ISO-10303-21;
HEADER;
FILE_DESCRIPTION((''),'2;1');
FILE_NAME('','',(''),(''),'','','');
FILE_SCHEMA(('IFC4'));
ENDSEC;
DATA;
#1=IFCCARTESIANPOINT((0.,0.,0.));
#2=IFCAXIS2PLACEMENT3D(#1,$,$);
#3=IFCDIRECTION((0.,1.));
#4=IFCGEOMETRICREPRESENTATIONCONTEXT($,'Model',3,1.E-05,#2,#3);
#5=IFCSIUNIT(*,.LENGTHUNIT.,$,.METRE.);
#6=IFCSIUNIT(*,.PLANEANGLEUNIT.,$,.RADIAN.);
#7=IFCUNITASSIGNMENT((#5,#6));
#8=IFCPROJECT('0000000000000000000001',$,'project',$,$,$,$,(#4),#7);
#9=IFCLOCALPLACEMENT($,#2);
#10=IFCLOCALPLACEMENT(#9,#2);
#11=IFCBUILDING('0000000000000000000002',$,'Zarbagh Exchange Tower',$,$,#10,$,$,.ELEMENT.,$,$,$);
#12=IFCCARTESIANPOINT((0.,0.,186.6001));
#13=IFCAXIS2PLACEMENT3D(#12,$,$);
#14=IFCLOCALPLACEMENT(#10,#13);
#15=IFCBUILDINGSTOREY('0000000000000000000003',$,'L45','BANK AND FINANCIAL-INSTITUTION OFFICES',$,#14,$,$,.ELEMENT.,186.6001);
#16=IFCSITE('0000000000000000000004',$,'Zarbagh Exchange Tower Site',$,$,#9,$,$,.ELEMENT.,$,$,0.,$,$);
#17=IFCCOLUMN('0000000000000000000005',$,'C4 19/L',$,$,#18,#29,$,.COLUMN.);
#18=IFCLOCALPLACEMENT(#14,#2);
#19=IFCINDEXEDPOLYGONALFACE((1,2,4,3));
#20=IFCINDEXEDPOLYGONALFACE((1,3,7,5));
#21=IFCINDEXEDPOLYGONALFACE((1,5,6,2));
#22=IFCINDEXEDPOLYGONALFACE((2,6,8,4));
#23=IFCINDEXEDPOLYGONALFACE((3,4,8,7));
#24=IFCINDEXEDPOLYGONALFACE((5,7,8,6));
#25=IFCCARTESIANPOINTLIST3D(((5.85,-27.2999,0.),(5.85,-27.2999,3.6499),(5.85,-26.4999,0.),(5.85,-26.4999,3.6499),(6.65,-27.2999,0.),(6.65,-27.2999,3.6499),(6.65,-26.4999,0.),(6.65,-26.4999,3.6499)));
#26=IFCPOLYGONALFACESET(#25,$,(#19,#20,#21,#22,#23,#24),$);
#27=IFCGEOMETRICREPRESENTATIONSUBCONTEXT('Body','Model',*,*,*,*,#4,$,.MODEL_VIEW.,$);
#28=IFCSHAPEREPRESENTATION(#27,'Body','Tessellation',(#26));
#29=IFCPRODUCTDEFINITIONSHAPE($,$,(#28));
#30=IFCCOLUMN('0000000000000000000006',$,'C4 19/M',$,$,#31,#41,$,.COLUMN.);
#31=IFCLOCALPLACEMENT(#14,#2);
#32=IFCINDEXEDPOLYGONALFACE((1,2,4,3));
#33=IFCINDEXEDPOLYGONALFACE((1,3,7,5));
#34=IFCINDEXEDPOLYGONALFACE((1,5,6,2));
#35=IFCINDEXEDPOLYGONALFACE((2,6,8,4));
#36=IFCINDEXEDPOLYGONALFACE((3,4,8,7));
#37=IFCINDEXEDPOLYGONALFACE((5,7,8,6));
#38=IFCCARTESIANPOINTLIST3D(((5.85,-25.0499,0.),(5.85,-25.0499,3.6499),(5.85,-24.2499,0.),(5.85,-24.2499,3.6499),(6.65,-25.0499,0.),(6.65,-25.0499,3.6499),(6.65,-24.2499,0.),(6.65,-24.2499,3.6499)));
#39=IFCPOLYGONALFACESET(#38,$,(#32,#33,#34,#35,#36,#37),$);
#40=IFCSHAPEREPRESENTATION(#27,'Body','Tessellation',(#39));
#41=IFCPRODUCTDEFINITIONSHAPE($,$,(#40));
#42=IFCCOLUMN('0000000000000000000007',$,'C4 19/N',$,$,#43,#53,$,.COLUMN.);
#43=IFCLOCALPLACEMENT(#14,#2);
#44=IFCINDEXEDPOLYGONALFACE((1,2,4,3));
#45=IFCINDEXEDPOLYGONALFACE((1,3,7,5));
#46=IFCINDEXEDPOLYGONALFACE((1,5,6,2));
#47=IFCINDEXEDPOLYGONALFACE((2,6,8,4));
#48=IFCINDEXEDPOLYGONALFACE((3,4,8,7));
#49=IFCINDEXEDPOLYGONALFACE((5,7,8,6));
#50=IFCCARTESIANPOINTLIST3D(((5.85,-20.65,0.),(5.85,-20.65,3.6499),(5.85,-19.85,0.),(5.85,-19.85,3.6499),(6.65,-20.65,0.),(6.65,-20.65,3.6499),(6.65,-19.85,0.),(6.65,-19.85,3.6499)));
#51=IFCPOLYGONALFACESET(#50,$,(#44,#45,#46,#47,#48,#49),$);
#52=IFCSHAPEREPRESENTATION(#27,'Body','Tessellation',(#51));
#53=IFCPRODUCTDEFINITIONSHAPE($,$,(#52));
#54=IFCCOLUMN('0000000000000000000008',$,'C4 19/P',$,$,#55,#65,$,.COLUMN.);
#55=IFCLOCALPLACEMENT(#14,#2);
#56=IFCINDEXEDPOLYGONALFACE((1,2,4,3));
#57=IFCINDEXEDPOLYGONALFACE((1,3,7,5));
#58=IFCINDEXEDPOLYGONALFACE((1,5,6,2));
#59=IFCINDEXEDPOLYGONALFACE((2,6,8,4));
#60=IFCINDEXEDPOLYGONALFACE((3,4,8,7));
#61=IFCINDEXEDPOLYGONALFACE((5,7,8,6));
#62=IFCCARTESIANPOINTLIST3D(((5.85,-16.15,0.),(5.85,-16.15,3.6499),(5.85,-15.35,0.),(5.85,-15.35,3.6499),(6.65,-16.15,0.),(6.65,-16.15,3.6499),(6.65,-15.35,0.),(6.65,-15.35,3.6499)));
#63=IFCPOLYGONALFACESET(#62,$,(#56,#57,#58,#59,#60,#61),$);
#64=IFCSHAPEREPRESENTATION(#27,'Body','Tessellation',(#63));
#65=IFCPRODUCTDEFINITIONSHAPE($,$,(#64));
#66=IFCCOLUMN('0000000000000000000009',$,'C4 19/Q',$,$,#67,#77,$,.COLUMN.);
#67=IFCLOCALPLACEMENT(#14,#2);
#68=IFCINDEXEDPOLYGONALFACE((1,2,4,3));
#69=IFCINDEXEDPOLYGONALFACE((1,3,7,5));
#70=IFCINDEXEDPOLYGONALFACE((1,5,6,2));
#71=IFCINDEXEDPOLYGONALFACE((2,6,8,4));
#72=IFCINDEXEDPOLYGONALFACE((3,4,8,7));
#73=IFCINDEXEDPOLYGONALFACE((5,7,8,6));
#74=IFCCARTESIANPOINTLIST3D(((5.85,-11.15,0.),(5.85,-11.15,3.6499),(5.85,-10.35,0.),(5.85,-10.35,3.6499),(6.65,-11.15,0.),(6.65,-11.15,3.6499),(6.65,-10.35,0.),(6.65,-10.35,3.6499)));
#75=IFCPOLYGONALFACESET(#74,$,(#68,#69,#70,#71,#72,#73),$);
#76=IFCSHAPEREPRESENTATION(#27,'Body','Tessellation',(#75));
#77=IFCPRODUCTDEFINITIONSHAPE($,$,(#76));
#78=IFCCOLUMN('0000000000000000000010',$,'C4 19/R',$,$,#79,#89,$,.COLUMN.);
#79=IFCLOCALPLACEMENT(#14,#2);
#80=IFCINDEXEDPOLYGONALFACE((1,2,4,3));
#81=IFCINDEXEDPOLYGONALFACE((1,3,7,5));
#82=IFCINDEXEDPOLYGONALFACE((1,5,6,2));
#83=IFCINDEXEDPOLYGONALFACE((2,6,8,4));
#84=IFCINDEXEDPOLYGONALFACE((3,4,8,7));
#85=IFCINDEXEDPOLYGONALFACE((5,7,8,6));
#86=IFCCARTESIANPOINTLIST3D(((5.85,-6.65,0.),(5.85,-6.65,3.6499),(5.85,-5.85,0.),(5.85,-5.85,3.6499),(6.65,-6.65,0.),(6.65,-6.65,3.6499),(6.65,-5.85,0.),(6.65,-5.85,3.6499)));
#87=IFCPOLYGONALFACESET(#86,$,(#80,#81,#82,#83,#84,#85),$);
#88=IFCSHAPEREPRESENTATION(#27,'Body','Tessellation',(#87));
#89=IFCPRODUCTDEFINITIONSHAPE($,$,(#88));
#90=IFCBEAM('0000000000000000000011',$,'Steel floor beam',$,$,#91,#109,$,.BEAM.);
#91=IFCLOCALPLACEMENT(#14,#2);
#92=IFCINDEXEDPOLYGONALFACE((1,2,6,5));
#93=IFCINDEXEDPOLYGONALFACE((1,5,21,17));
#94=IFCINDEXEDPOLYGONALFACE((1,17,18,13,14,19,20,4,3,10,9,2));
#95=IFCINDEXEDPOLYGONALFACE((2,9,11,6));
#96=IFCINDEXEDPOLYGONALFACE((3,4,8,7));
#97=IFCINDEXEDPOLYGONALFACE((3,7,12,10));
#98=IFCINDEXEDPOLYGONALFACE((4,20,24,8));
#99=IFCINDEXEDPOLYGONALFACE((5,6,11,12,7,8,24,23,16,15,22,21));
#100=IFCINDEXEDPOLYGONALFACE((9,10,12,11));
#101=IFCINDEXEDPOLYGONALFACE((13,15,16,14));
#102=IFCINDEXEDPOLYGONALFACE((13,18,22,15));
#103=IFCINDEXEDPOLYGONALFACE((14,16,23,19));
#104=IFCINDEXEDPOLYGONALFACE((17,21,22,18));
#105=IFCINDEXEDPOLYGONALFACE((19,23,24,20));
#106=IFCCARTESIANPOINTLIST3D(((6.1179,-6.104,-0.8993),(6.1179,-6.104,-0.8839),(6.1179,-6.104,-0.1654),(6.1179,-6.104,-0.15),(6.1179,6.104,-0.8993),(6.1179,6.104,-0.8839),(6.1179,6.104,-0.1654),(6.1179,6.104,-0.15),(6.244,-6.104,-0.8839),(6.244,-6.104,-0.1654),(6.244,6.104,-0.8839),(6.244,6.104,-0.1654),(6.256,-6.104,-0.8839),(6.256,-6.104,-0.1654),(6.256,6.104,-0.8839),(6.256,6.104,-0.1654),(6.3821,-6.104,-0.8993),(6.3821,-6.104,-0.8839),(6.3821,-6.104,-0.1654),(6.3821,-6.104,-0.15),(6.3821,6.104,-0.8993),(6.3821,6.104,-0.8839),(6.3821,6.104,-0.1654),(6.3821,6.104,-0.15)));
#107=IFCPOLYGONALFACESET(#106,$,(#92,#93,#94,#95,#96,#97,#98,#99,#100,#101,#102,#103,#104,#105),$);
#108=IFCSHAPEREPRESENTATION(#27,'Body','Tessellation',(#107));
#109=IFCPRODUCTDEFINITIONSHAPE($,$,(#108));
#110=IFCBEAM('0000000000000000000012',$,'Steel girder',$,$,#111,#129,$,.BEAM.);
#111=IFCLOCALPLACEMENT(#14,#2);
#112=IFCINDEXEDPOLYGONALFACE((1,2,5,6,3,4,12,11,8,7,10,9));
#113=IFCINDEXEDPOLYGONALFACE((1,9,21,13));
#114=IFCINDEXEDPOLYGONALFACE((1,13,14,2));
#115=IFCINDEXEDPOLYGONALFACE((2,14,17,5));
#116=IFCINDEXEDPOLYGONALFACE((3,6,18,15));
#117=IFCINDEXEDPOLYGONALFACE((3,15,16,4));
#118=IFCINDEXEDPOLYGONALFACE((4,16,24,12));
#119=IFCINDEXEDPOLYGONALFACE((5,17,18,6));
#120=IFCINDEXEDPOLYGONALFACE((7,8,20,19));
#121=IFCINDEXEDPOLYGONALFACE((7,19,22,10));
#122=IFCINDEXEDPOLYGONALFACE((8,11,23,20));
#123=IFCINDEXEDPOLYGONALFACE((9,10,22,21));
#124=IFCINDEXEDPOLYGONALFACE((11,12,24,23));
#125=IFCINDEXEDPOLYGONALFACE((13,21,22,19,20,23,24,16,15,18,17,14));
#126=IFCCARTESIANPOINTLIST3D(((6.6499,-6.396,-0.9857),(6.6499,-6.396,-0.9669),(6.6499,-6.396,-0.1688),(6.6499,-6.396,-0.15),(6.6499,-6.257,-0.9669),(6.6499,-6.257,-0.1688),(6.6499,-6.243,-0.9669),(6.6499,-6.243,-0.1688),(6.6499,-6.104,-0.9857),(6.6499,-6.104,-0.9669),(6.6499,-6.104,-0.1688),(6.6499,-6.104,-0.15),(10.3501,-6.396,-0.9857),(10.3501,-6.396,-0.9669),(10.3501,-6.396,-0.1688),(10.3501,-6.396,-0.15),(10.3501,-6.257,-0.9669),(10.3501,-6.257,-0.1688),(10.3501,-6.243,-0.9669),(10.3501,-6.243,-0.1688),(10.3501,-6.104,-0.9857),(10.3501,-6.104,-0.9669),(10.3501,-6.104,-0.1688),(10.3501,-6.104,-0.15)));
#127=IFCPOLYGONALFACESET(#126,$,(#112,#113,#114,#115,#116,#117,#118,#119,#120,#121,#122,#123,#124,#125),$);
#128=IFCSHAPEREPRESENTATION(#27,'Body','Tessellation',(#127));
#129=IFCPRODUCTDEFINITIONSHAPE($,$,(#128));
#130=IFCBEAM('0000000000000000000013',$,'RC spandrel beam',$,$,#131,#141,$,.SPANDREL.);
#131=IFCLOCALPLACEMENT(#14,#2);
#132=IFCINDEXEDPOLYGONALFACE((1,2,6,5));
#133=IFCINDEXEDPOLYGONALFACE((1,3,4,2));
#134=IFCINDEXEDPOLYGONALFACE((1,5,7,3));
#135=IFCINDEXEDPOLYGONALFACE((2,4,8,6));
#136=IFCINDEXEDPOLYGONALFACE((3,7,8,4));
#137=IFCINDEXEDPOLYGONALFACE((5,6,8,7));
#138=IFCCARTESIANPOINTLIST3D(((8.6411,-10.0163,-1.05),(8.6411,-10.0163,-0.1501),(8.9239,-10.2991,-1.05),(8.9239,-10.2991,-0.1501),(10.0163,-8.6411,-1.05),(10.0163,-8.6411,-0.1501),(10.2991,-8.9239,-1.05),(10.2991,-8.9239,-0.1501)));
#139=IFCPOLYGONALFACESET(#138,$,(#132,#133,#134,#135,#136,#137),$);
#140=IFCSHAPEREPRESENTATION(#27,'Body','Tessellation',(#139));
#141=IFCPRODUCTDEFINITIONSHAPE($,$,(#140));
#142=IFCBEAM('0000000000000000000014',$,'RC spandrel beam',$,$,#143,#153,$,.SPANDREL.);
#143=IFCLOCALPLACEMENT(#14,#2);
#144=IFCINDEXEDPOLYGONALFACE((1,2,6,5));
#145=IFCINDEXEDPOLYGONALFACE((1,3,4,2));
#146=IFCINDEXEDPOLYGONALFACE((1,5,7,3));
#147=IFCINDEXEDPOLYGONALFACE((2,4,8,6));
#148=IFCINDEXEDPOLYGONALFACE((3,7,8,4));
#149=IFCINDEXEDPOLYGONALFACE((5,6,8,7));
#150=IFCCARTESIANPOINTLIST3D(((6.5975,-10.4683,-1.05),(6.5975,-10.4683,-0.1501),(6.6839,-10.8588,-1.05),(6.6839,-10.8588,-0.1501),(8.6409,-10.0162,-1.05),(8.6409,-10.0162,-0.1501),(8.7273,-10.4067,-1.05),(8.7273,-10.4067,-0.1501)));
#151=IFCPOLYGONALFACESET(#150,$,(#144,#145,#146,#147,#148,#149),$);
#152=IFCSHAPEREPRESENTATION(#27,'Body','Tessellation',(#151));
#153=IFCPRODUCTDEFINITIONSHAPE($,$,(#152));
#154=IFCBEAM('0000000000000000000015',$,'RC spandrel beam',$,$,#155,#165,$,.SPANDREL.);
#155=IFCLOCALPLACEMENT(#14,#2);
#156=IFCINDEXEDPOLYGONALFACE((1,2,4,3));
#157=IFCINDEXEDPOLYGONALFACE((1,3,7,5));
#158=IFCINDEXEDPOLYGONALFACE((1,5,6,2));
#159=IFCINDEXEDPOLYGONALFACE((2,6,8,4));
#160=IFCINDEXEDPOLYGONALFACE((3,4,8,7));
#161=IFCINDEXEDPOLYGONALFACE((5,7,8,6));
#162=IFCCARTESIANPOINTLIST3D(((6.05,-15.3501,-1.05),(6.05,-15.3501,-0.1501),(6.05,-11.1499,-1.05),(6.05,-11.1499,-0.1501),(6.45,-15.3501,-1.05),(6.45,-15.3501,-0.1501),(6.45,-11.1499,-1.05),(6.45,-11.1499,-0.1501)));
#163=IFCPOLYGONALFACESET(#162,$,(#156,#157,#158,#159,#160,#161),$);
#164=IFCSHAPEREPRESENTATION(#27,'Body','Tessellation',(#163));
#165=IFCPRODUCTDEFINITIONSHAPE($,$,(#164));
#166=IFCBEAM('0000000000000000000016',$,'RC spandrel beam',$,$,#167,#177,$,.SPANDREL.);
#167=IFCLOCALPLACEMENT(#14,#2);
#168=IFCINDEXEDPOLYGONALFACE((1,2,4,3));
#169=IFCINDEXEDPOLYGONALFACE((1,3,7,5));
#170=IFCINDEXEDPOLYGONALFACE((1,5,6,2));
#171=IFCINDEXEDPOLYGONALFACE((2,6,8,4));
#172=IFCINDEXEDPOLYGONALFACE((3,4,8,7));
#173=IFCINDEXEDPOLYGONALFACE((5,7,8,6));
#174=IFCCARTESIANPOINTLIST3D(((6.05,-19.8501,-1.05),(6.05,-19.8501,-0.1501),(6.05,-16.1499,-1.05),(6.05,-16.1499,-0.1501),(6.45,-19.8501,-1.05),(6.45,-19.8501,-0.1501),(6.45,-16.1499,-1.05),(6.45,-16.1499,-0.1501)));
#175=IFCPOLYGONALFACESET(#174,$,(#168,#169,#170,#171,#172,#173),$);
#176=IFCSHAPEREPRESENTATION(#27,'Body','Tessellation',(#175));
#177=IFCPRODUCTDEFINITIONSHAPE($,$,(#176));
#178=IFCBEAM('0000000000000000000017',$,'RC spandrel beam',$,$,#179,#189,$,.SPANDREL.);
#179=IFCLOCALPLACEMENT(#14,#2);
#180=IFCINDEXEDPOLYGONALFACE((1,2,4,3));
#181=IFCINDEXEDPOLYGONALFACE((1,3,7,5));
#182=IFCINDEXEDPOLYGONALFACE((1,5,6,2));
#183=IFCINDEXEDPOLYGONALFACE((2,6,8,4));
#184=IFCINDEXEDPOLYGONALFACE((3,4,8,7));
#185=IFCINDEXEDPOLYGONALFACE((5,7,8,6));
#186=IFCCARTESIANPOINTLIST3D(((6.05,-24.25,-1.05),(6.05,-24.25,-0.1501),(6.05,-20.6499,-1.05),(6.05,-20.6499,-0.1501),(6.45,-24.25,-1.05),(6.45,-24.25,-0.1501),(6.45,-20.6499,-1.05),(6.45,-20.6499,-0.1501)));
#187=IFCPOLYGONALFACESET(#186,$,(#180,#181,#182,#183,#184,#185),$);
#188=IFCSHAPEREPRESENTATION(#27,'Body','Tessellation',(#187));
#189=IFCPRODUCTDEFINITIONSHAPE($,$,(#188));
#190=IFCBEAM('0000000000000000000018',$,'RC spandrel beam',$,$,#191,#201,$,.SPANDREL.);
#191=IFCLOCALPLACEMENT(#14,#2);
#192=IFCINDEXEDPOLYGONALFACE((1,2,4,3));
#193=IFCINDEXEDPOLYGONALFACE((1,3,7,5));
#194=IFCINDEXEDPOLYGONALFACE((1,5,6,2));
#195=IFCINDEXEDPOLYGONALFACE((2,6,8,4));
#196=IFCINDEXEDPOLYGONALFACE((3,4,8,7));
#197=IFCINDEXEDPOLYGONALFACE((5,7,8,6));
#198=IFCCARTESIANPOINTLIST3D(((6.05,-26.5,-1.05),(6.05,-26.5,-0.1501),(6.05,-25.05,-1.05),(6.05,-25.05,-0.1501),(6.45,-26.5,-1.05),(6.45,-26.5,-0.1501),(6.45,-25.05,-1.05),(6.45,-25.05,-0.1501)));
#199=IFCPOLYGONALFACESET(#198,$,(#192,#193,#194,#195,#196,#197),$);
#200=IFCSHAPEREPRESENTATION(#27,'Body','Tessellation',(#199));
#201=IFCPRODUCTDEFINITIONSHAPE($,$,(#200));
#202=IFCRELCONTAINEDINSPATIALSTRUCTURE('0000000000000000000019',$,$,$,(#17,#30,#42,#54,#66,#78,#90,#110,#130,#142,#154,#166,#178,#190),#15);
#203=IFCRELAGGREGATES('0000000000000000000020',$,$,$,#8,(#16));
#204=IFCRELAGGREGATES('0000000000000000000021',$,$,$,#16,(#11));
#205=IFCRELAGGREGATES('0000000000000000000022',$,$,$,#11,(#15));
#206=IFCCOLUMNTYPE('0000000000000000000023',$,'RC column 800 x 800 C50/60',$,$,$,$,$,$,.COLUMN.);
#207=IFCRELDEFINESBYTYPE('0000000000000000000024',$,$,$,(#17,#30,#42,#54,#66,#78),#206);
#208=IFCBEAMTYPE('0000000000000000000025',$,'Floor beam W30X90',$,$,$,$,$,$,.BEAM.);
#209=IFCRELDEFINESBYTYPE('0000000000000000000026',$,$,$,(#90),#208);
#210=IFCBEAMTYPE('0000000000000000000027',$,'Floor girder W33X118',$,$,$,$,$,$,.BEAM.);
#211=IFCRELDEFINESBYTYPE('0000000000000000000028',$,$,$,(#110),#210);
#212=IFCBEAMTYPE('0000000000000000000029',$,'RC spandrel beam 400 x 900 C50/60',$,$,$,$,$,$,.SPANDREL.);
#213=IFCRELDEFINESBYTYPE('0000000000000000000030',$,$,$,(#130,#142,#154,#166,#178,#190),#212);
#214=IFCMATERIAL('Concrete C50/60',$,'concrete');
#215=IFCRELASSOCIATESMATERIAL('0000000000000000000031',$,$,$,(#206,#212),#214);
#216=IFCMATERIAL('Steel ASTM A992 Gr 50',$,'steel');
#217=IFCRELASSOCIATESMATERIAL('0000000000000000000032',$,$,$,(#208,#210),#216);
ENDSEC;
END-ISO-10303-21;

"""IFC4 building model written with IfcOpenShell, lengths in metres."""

from ifc_helpers import new_model, si_unit, direction, frame, origin, origin_2d, place, context, subcontext, project, spatial, rectangle, i_section, extrude, material, material_profile, profile_set, type_object, element, save


model = new_model("IFC4")

# Units and contexts
model_context = context("Model", 3, precision=1e-05, world=origin(), true_north=direction((0.0, 1.0)))
body_context = subcontext(model_context, "Body", "Model", "MODEL_VIEW")
ifc_project = project(units=[si_unit("LENGTHUNIT", "METRE"), si_unit("PLANEANGLEUNIT", "RADIAN")], contexts=[model_context])

# Site, building, storey
site_placement = place(None, origin())
site = spatial("IfcSite", under=ifc_project, at=site_placement, Name="Zarbagh Exchange Tower Site", CompositionType="ELEMENT", RefElevation=0.0)
building_placement = place(site_placement, origin())
building = spatial("IfcBuilding", under=site, at=building_placement, Name="Zarbagh Exchange Tower", CompositionType="ELEMENT")
storey_placement = place(building_placement, frame((0.0, 0.0, 186.6001)))
storey = spatial("IfcBuildingStorey", under=building, at=storey_placement, Name="L45", Description="BANK AND FINANCIAL-INSTITUTION OFFICES", CompositionType="ELEMENT", Elevation=186.6001)

# Columns
ifc_material_1 = material(Name="Concrete C50/60", Category="concrete")
ifc_material_profile_1 = material_profile(ifc_material_1, rectangle(XDim=0.8, YDim=0.8, at=origin_2d()), Name="RC column 800 x 800 C50/60")
ifc_profile_set_1 = profile_set([ifc_material_profile_1], Name="Concrete C50/60")
column_type = type_object("IfcColumnType", Name="RC column 800 x 800 C50/60", PredefinedType="COLUMN", material=ifc_profile_set_1)
for number, where, z_axis, x_axis, name in (
    (1, (6.25, -26.8999, 0.0), (0.0, 0.0, 1.0), (1.0, 0.0, 0.0), "C4 19/L"),
    (2, (6.25, -24.6499, 0.0), (0.0, 0.0, 1.0), (1.0, 0.0, 0.0), "C4 19/M"),
    (3, (6.25, -20.25, 0.0), (0.0, 0.0, 1.0), (1.0, 0.0, 0.0), "C4 19/N"),
    (4, (6.25, -15.75, 0.0), (0.0, 0.0, 1.0), (1.0, 0.0, 0.0), "C4 19/P"),
    (5, (6.25, -10.75, 0.0), (0.0, 0.0, 1.0), (1.0, 0.0, 0.0), "C4 19/Q"),
    (6, (6.25, -6.25, 0.0), (0.0, 0.0, 1.0), (1.0, 0.0, 0.0), "C4 19/R"),
):
    element("IfcColumn", number, at=place(storey_placement, frame(where, z_axis=z_axis, x_axis=x_axis)), inside=storey, type_object=column_type, Name=name, PredefinedType="COLUMN", context=body_context, shape_type="SweptSolid", body=[
        extrude(rectangle(XDim=0.8, YDim=0.8, at=origin_2d()), origin(), (0.0, 0.0, 1.0), 3.6499),
    ])

# Beams
ifc_material_2 = material(Name="Steel ASTM A992 Gr 50", Category="steel")
ifc_material_profile_2 = material_profile(ifc_material_2, i_section(OverallWidth=0.2642, OverallDepth=0.7493, WebThickness=0.012, FlangeThickness=0.0154, at=origin_2d()), Name="W30X90")
ifc_profile_set_2 = profile_set([ifc_material_profile_2], Name="Steel ASTM A992 Gr 50")
beam_type_1 = type_object("IfcBeamType", Name="Floor beam W30X90", PredefinedType="BEAM", material=ifc_profile_set_2)
beam_1_placement = place(storey_placement, frame((6.25, -6.104, -0.5247), z_axis=(0.0, 1.0, 0.0), x_axis=(-1.0, 0.0, 0.0)))
element("IfcBeam", 7, at=beam_1_placement, inside=storey, type_object=beam_type_1, Name="Steel floor beam", PredefinedType="BEAM", context=body_context, shape_type="SweptSolid", body=[
    extrude(i_section(OverallWidth=0.2642, OverallDepth=0.7493, WebThickness=0.012, FlangeThickness=0.0154, at=origin_2d()), origin(), (0.0, 0.0, 1.0), 12.208),
])
ifc_material_profile_3 = material_profile(ifc_material_2, i_section(OverallWidth=0.292, OverallDepth=0.8357, WebThickness=0.0139, FlangeThickness=0.0188, at=origin_2d()), Name="W33X118")
ifc_profile_set_3 = profile_set([ifc_material_profile_3], Name="Steel ASTM A992 Gr 50")
beam_type_2 = type_object("IfcBeamType", Name="Floor girder W33X118", PredefinedType="BEAM", material=ifc_profile_set_3)
beam_2_placement = place(storey_placement, frame((6.6499, -6.25, -0.5679), z_axis=(1.0, 0.0, 0.0), x_axis=(0.0, 1.0, 0.0)))
element("IfcBeam", 8, at=beam_2_placement, inside=storey, type_object=beam_type_2, Name="Steel girder", PredefinedType="BEAM", context=body_context, shape_type="SweptSolid", body=[
    extrude(i_section(OverallWidth=0.292, OverallDepth=0.8357, WebThickness=0.0139, FlangeThickness=0.0188, at=origin_2d()), origin(), (0.0, 0.0, 1.0), 3.7002),
])
ifc_material_profile_4 = material_profile(ifc_material_1, rectangle(XDim=0.3999, YDim=0.8999, at=origin_2d()), Name="RC spandrel beam 400 x 900 C50/60")
ifc_profile_set_4 = profile_set([ifc_material_profile_4], Name="Concrete C50/60")
beam_type_3 = type_object("IfcBeamType", Name="RC spandrel beam 400 x 900 C50/60", PredefinedType="SPANDREL", material=ifc_profile_set_4)
beam_3_placement = place(storey_placement, frame((10.1577, -8.7825, -0.6001), z_axis=(-0.707107, -0.707107, 0.0), x_axis=(0.707107, -0.707107, 0.0)))
element("IfcBeam", 9, at=beam_3_placement, inside=storey, type_object=beam_type_3, Name="RC spandrel beam", PredefinedType="SPANDREL", context=body_context, shape_type="SweptSolid", body=[
    extrude(rectangle(XDim=0.3999, YDim=0.8999, at=origin_2d()), origin(), (0.0, 0.0, 1.0), 1.9448),
])
beam_4_placement = place(storey_placement, frame((8.6841, -10.2114, -0.6001), z_axis=(-0.976384, -0.216041, 0.0), x_axis=(0.216041, -0.976384, 0.0)))
element("IfcBeam", 10, at=beam_4_placement, inside=storey, type_object=beam_type_3, Name="RC spandrel beam", PredefinedType="SPANDREL", context=body_context, shape_type="SweptSolid", body=[
    extrude(rectangle(XDim=0.3999, YDim=0.8999, at=origin_2d()), origin(), (0.0, 0.0, 1.0), 2.0928),
])
beam_5_placement = place(storey_placement, frame((6.25, -11.1499, -0.6001), z_axis=(0.0, -1.0, 0.0), x_axis=(1.0, 0.0, 0.0)))
element("IfcBeam", 11, at=beam_5_placement, inside=storey, type_object=beam_type_3, Name="RC spandrel beam", PredefinedType="SPANDREL", context=body_context, shape_type="SweptSolid", body=[
    extrude(rectangle(XDim=0.3999, YDim=0.8999, at=origin_2d()), origin(), (0.0, 0.0, 1.0), 4.2002),
])
beam_6_placement = place(storey_placement, frame((6.25, -16.1499, -0.6001), z_axis=(0.0, -1.0, 0.0), x_axis=(1.0, 0.0, 0.0)))
element("IfcBeam", 12, at=beam_6_placement, inside=storey, type_object=beam_type_3, Name="RC spandrel beam", PredefinedType="SPANDREL", context=body_context, shape_type="SweptSolid", body=[
    extrude(rectangle(XDim=0.3999, YDim=0.8999, at=origin_2d()), origin(), (0.0, 0.0, 1.0), 3.7002),
])
beam_7_placement = place(storey_placement, frame((6.25, -20.6499, -0.6001), z_axis=(0.0, -1.0, 0.0), x_axis=(1.0, 0.0, 0.0)))
element("IfcBeam", 13, at=beam_7_placement, inside=storey, type_object=beam_type_3, Name="RC spandrel beam", PredefinedType="SPANDREL", context=body_context, shape_type="SweptSolid", body=[
    extrude(rectangle(XDim=0.3999, YDim=0.8999, at=origin_2d()), origin(), (0.0, 0.0, 1.0), 3.6001),
])
beam_8_placement = place(storey_placement, frame((6.25, -25.05, -0.6001), z_axis=(0.0, -1.0, 0.0), x_axis=(1.0, 0.0, 0.0)))
element("IfcBeam", 14, at=beam_8_placement, inside=storey, type_object=beam_type_3, Name="RC spandrel beam", PredefinedType="SPANDREL", context=body_context, shape_type="SweptSolid", body=[
    extrude(rectangle(XDim=0.3999, YDim=0.8999, at=origin_2d()), origin(), (0.0, 0.0, 1.0), 1.45),
])

save(model, "model.ifc")
